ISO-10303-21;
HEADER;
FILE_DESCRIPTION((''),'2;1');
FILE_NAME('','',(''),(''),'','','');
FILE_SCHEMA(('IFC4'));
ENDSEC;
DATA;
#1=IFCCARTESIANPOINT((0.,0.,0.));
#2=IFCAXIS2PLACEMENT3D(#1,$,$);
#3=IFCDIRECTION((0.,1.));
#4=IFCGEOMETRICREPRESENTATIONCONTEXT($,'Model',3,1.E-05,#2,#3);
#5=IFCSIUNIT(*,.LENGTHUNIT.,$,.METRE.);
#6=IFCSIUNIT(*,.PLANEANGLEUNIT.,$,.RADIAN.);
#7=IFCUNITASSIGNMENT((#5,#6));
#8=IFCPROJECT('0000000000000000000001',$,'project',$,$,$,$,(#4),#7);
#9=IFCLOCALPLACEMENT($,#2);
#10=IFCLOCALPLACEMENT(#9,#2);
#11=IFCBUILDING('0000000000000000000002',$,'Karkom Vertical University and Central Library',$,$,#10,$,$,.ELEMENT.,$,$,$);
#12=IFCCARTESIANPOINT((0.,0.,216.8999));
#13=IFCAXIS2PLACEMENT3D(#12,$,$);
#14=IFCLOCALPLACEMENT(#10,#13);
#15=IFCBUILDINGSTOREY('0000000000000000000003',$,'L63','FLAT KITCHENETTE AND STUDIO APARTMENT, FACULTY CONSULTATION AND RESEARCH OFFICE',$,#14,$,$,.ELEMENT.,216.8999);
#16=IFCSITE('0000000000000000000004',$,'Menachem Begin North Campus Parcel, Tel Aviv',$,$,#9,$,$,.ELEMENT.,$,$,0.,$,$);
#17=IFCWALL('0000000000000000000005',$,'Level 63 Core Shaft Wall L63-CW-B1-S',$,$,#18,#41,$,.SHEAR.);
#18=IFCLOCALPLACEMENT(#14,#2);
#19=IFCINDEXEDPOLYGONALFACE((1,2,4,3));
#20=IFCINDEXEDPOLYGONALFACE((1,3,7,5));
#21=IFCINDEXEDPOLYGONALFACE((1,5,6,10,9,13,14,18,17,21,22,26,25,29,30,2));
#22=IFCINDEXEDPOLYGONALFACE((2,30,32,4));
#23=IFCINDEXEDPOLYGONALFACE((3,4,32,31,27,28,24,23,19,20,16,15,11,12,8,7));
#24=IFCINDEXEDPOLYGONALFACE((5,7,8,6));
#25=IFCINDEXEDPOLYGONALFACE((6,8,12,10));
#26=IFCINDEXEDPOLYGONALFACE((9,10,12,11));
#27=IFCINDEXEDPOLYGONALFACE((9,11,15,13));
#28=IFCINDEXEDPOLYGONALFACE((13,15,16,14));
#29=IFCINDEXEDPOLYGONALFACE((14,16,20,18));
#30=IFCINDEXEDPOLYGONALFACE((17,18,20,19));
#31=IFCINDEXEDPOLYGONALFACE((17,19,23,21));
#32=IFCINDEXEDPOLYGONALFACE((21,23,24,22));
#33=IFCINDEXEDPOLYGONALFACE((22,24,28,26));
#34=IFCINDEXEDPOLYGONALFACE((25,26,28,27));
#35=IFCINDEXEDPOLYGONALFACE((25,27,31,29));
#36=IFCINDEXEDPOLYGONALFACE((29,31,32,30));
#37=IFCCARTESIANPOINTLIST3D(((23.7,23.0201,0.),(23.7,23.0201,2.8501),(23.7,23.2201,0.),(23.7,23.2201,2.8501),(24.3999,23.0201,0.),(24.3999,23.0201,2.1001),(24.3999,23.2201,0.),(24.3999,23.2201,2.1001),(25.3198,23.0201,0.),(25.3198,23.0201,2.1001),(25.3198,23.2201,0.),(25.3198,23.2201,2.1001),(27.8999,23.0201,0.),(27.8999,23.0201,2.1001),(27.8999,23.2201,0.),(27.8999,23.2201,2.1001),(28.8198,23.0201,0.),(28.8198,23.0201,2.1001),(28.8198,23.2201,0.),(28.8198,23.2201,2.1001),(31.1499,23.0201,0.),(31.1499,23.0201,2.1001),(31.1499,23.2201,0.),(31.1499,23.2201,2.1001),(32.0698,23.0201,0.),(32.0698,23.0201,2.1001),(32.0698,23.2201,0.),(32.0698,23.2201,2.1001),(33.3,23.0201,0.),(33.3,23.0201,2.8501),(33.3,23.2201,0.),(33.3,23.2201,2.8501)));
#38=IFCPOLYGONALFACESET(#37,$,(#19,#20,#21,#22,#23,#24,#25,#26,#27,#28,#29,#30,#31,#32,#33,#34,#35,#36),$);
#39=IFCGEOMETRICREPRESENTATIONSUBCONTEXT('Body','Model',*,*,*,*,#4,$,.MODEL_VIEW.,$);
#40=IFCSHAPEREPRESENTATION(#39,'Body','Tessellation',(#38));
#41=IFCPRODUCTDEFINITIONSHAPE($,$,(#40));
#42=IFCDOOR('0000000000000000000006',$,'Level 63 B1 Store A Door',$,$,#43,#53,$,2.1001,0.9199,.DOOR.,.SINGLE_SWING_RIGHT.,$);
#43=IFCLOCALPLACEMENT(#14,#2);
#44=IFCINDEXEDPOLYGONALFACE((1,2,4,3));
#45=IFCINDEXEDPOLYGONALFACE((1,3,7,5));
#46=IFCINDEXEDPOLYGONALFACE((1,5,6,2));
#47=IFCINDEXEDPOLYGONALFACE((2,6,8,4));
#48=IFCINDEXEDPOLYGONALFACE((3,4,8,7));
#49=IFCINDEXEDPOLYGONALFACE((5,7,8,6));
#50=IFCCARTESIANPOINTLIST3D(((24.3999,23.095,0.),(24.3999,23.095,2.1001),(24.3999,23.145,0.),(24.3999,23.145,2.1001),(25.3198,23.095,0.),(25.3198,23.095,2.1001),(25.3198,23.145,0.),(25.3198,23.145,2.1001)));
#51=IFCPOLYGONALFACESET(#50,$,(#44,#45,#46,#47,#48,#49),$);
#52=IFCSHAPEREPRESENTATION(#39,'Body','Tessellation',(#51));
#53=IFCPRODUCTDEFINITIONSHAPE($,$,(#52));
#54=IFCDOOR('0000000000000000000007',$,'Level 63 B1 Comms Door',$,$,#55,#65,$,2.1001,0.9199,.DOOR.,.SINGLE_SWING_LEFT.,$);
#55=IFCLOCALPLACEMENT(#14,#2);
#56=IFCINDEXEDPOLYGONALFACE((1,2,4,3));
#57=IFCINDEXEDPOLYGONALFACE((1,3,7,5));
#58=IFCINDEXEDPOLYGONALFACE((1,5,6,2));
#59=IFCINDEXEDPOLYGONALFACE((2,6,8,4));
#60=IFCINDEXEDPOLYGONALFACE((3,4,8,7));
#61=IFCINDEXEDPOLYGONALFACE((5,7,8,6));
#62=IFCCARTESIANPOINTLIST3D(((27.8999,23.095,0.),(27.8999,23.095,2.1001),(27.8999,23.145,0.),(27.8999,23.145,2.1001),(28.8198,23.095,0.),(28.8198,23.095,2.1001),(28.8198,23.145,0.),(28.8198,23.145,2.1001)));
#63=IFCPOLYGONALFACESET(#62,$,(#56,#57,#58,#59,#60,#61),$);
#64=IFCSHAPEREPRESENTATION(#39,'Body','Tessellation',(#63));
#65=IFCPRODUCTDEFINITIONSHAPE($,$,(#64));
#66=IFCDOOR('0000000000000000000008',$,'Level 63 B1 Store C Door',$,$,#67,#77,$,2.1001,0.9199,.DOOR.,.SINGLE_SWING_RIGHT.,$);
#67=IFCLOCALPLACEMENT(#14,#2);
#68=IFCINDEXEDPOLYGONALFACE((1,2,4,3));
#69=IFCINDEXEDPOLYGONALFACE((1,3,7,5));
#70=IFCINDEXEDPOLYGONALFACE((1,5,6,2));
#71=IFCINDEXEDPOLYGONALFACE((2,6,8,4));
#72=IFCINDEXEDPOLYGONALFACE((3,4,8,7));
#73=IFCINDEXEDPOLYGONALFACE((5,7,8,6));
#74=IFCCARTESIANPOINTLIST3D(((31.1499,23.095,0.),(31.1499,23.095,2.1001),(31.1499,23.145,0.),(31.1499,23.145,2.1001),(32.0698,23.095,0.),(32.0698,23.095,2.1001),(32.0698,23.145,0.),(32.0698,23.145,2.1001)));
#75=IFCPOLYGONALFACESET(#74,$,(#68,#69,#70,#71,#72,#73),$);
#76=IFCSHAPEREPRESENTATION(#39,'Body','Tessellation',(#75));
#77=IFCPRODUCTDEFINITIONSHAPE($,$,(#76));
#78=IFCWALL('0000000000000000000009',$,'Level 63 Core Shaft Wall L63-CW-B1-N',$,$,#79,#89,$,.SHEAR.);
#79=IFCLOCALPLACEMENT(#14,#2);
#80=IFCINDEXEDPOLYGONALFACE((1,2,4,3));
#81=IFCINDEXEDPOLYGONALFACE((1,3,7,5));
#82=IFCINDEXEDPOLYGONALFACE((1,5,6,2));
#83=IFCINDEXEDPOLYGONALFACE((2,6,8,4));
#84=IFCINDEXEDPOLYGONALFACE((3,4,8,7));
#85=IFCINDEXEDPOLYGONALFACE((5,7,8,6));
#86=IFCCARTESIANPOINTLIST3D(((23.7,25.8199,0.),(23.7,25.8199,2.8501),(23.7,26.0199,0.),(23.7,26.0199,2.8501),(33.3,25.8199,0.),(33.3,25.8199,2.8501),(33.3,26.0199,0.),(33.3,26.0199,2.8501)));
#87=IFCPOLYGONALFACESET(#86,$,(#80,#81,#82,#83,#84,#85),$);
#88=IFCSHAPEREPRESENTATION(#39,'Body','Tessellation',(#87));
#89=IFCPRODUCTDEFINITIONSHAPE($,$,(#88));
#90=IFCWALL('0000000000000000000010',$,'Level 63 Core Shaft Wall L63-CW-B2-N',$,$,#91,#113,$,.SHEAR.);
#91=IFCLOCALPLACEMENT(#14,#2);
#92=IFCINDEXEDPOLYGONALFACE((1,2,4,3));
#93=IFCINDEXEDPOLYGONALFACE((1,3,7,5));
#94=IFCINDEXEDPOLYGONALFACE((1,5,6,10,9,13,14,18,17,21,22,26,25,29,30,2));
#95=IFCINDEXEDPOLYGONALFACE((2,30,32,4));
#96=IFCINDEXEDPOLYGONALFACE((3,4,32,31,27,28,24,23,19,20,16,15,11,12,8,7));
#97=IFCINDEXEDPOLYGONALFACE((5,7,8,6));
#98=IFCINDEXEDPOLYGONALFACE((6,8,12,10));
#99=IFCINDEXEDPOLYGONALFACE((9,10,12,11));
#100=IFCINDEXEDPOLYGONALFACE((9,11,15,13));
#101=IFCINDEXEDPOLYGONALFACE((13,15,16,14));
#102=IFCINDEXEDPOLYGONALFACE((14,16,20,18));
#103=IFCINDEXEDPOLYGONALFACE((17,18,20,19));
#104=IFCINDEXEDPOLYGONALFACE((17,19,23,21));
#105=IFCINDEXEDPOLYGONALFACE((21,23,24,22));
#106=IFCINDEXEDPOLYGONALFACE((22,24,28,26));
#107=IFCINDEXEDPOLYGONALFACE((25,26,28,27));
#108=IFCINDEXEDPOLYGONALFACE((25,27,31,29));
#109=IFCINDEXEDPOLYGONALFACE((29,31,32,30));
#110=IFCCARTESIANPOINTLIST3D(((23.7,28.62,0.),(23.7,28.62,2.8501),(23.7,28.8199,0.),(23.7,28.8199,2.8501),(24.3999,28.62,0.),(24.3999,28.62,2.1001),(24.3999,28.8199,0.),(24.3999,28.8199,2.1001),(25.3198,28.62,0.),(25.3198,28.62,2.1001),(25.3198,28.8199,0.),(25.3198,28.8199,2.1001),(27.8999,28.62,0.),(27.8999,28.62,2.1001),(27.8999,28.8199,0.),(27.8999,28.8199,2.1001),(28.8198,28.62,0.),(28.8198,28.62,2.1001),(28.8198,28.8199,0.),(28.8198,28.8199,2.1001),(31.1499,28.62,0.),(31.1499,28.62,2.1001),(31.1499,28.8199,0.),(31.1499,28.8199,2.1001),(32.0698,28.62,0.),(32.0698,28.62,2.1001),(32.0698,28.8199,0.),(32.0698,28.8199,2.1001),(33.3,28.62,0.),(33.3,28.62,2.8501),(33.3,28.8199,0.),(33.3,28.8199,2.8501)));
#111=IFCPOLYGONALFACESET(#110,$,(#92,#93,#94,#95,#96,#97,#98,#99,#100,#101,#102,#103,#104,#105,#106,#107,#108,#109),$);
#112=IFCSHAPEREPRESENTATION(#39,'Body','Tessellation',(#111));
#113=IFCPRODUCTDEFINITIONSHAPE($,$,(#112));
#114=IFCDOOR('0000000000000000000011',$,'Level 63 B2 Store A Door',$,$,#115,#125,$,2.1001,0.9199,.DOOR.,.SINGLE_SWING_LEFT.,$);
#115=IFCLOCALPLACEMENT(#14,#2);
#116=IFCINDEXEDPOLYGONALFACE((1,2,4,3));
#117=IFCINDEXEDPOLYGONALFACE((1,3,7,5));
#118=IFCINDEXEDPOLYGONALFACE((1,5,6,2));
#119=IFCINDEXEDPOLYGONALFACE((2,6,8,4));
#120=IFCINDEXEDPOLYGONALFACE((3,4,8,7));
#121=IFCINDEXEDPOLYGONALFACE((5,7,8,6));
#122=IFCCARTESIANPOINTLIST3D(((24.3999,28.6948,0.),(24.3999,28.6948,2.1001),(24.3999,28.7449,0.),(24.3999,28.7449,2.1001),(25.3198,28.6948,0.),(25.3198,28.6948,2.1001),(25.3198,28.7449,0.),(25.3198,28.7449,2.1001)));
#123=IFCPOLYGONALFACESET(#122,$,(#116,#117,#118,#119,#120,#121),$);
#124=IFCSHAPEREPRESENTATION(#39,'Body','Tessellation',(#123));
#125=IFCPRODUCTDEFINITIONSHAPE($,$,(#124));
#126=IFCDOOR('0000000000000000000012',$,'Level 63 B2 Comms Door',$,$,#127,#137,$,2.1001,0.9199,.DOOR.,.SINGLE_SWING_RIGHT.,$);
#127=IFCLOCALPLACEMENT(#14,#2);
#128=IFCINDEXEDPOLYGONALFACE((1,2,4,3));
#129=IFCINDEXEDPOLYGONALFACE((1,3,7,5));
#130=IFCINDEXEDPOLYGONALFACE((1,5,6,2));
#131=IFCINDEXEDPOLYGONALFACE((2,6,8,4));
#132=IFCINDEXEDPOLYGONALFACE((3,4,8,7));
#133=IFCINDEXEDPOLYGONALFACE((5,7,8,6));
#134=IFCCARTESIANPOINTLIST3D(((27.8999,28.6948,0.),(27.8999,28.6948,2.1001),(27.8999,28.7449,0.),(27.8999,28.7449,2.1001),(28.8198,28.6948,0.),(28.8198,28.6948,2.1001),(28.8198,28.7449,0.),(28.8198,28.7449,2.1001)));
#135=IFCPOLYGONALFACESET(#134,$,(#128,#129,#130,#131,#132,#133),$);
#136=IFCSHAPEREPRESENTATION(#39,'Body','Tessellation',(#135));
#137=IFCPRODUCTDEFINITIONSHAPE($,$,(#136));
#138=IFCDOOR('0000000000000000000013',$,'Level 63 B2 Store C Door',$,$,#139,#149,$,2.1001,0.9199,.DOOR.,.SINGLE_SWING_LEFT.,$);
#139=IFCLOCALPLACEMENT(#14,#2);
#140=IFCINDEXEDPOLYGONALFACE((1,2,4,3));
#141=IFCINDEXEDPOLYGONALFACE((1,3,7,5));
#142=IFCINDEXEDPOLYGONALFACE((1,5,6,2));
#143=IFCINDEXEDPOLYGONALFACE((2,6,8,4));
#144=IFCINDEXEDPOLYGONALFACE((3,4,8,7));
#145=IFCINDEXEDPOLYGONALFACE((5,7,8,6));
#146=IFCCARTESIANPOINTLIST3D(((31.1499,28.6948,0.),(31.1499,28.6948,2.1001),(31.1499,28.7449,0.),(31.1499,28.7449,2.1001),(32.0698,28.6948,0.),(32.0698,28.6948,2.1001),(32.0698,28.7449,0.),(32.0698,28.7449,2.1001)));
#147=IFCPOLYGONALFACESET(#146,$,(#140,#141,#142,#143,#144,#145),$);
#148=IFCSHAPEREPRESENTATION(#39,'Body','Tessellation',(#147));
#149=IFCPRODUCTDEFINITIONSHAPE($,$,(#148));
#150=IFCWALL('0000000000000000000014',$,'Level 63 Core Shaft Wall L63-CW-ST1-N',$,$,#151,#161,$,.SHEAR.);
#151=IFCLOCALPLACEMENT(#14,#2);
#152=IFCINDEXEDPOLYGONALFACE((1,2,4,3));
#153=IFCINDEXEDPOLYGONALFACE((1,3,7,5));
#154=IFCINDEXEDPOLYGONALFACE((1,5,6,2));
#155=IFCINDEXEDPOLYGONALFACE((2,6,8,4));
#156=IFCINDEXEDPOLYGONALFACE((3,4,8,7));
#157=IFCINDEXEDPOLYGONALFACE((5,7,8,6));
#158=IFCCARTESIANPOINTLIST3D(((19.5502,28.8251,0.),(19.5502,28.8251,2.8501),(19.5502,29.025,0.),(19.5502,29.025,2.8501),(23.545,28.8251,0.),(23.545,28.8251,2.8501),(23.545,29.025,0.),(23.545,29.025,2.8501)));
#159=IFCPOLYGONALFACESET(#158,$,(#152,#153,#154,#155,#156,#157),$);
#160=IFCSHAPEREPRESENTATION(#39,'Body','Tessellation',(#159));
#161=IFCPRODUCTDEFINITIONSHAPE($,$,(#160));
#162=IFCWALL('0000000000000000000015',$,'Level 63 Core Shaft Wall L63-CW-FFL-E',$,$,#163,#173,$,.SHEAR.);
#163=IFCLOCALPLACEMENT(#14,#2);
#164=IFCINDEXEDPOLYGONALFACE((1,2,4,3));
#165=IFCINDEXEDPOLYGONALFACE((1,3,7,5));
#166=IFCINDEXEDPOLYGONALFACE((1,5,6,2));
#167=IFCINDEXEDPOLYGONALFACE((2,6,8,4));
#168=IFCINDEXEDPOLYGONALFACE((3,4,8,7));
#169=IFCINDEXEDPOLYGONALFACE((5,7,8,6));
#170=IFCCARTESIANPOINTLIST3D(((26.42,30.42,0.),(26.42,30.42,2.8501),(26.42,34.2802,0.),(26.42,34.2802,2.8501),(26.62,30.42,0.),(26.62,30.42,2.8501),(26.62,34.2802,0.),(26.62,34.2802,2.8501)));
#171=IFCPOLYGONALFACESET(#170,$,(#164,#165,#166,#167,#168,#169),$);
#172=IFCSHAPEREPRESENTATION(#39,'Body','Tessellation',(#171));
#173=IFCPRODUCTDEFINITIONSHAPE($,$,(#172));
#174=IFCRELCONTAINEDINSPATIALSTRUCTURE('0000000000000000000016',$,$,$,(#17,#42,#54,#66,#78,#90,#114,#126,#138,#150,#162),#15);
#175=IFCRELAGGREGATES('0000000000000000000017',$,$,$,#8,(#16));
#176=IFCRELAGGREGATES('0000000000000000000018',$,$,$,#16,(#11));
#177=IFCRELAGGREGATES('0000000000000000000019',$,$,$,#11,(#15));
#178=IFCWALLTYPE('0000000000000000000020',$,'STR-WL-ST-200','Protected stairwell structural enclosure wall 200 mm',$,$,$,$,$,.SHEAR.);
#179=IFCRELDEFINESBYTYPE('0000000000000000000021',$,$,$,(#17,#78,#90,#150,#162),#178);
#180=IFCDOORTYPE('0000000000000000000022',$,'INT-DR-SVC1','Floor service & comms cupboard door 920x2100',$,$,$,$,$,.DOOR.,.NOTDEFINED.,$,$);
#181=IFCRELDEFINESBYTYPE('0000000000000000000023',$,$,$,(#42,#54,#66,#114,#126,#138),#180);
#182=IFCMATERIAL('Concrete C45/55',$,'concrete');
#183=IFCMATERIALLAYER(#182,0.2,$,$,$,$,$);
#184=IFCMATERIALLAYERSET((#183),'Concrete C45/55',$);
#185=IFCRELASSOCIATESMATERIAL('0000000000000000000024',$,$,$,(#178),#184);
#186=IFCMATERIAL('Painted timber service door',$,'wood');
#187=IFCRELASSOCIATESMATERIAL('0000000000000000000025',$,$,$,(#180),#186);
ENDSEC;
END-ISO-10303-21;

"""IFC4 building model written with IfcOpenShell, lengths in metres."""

from ifc_helpers import new_model, si_unit, direction, frame, frame_2d, origin, origin_with_axes, place, context, subcontext, project, spatial, rectangle, extrude, source, transform, mapped, material, layer, layer_set, type_object, element, fill, save


model = new_model("IFC4")

# Units and contexts
model_context = context("Model", 3, precision=1e-05, world=origin(), true_north=direction((0.0, 1.0)))
body_context = subcontext(model_context, "Body", "Model", "MODEL_VIEW")
ifc_project = project(units=[si_unit("LENGTHUNIT", "METRE"), si_unit("PLANEANGLEUNIT", "RADIAN")], contexts=[model_context])

# Site, building, storey
site_placement = place(None, origin())
site = spatial("IfcSite", under=ifc_project, at=site_placement, Name="Menachem Begin North Campus Parcel, Tel Aviv", CompositionType="ELEMENT", RefElevation=0.0)
building_placement = place(site_placement, origin())
building = spatial("IfcBuilding", under=site, at=building_placement, Name="Karkom Vertical University and Central Library", CompositionType="ELEMENT")
storey_placement = place(building_placement, frame((0.0, 0.0, 216.8999)))
storey = spatial("IfcBuildingStorey", under=building, at=storey_placement, Name="L63", Description="FLAT KITCHENETTE AND STUDIO APARTMENT, FACULTY CONSULTATION AND RESEARCH OFFICE", CompositionType="ELEMENT", Elevation=216.8999)

# Wall, openings, doors
ifc_material_1 = material(Name="Concrete C45/55", Category="concrete")
ifc_layer_1 = layer(ifc_material_1, 0.2)
ifc_layer_set_1 = layer_set([ifc_layer_1], Name="Concrete C45/55")
wall_type_1 = type_object("IfcWallType", Name="STR-WL-ST-200", Description="Protected stairwell structural enclosure wall 200 mm", PredefinedType="SHEAR", material=ifc_layer_set_1)
wall_1_placement = place(storey_placement, frame((23.7, 23.1201, 0.0), z_axis=(0.0, 0.0, 1.0), x_axis=(1.0, 0.0, 0.0)))
wall_1 = element("IfcWall", 1, at=wall_1_placement, inside=storey, type_object=wall_type_1, Name="Level 63 Core Shaft Wall L63-CW-B1-S", PredefinedType="SHEAR", context=body_context, shape_type="SweptSolid", body=[
    extrude(rectangle(XDim=9.6001, YDim=0.2, at=frame_2d((4.8, 0.0))), origin(), (0.0, 0.0, 1.0), 2.8501),
])
opening_1_placement = place(wall_1_placement, frame((0.7, 0.0, 0.0)))
opening_1 = element("IfcOpeningElement", 2, at=opening_1_placement, cuts=wall_1, PredefinedType="OPENING", context=body_context, shape_type="SweptSolid", body=[
    extrude(rectangle(XDim=0.9199, YDim=2.1001, at=frame_2d((0.46, 1.05))), frame((0.0, 0.1099, 0.0), z_axis=(0.0, -1.0, 0.0), x_axis=(1.0, 0.0, 0.0)), (0.0, 0.0, 1.0), 0.22),
])
opening_2_placement = place(wall_1_placement, frame((4.2, 0.0, 0.0)))
opening_2 = element("IfcOpeningElement", 3, at=opening_2_placement, cuts=wall_1, PredefinedType="OPENING", context=body_context, shape_type="SweptSolid", body=[
    extrude(rectangle(XDim=0.9199, YDim=2.1001, at=frame_2d((0.46, 1.05))), frame((0.0, 0.1099, 0.0), z_axis=(0.0, -1.0, 0.0), x_axis=(1.0, 0.0, 0.0)), (0.0, 0.0, 1.0), 0.22),
])
opening_3_placement = place(wall_1_placement, frame((7.45, 0.0, 0.0)))
opening_3 = element("IfcOpeningElement", 4, at=opening_3_placement, cuts=wall_1, PredefinedType="OPENING", context=body_context, shape_type="SweptSolid", body=[
    extrude(rectangle(XDim=0.9199, YDim=2.1001, at=frame_2d((0.46, 1.05))), frame((0.0, 0.1099, 0.0), z_axis=(0.0, -1.0, 0.0), x_axis=(1.0, 0.0, 0.0)), (0.0, 0.0, 1.0), 0.22),
])
ifc_material_2 = material(Name="Painted timber service door", Category="wood")
door_type = type_object("IfcDoorType", Name="INT-DR-SVC1", Description="Floor service & comms cupboard door 920x2100", OperationType="NOTDEFINED", PredefinedType="DOOR", material=ifc_material_2)
shared_shape_1 = source(origin_with_axes(), body_context, "Body", "SweptSolid", [
    extrude(rectangle(XDim=0.9199, YDim=2.1001, at=frame_2d((0.46, 1.05))), frame((0.0, 0.0249, 0.0), z_axis=(0.0, -1.0, 0.0), x_axis=(1.0, 0.0, 0.0)), (0.0, 0.0, 1.0), 0.05),
])
door_1_placement = place(opening_1_placement, origin())
door_1 = element("IfcDoor", 5, at=door_1_placement, inside=storey, type_object=door_type, Name="Level 63 B1 Store A Door", OperationType="SINGLE_SWING_RIGHT", OverallHeight=2.1001, OverallWidth=0.9199, PredefinedType="DOOR", context=body_context, shape_type="MappedRepresentation", body=[
    mapped(shared_shape_1, transform((0.0, 0.0, 0.0), scale=1.0)),
])
fill(opening_1, door_1)
door_2_placement = place(opening_2_placement, origin())
door_2 = element("IfcDoor", 6, at=door_2_placement, inside=storey, type_object=door_type, Name="Level 63 B1 Comms Door", OperationType="SINGLE_SWING_LEFT", OverallHeight=2.1001, OverallWidth=0.9199, PredefinedType="DOOR", context=body_context, shape_type="MappedRepresentation", body=[
    mapped(shared_shape_1, transform((0.0, 0.0, 0.0), scale=1.0)),
])
fill(opening_2, door_2)
door_3_placement = place(opening_3_placement, origin())
door_3 = element("IfcDoor", 7, at=door_3_placement, inside=storey, type_object=door_type, Name="Level 63 B1 Store C Door", OperationType="SINGLE_SWING_RIGHT", OverallHeight=2.1001, OverallWidth=0.9199, PredefinedType="DOOR", context=body_context, shape_type="MappedRepresentation", body=[
    mapped(shared_shape_1, transform((0.0, 0.0, 0.0), scale=1.0)),
])
fill(opening_3, door_3)

# Wall
wall_2_placement = place(storey_placement, frame((23.7, 25.9199, 0.0), z_axis=(0.0, 0.0, 1.0), x_axis=(1.0, 0.0, 0.0)))
element("IfcWall", 8, at=wall_2_placement, inside=storey, type_object=wall_type_1, Name="Level 63 Core Shaft Wall L63-CW-B1-N", PredefinedType="SHEAR", context=body_context, shape_type="SweptSolid", body=[
    extrude(rectangle(XDim=9.6001, YDim=0.2, at=frame_2d((4.8, 0.0))), origin(), (0.0, 0.0, 1.0), 2.8501),
])

# Wall, openings, doors
wall_3_placement = place(storey_placement, frame((23.7, 28.72, 0.0), z_axis=(0.0, 0.0, 1.0), x_axis=(1.0, 0.0, 0.0)))
wall_3 = element("IfcWall", 9, at=wall_3_placement, inside=storey, type_object=wall_type_1, Name="Level 63 Core Shaft Wall L63-CW-B2-N", PredefinedType="SHEAR", context=body_context, shape_type="SweptSolid", body=[
    extrude(rectangle(XDim=9.6001, YDim=0.2, at=frame_2d((4.8, 0.0))), origin(), (0.0, 0.0, 1.0), 2.8501),
])
opening_4_placement = place(wall_3_placement, frame((0.7, 0.0, 0.0)))
opening_4 = element("IfcOpeningElement", 10, at=opening_4_placement, cuts=wall_3, PredefinedType="OPENING", context=body_context, shape_type="SweptSolid", body=[
    extrude(rectangle(XDim=0.9199, YDim=2.1001, at=frame_2d((0.46, 1.05))), frame((0.0, 0.1099, 0.0), z_axis=(0.0, -1.0, 0.0), x_axis=(1.0, 0.0, 0.0)), (0.0, 0.0, 1.0), 0.22),
])
opening_5_placement = place(wall_3_placement, frame((4.2, 0.0, 0.0)))
opening_5 = element("IfcOpeningElement", 11, at=opening_5_placement, cuts=wall_3, PredefinedType="OPENING", context=body_context, shape_type="SweptSolid", body=[
    extrude(rectangle(XDim=0.9199, YDim=2.1001, at=frame_2d((0.46, 1.05))), frame((0.0, 0.1099, 0.0), z_axis=(0.0, -1.0, 0.0), x_axis=(1.0, 0.0, 0.0)), (0.0, 0.0, 1.0), 0.22),
])
opening_6_placement = place(wall_3_placement, frame((7.45, 0.0, 0.0)))
opening_6 = element("IfcOpeningElement", 12, at=opening_6_placement, cuts=wall_3, PredefinedType="OPENING", context=body_context, shape_type="SweptSolid", body=[
    extrude(rectangle(XDim=0.9199, YDim=2.1001, at=frame_2d((0.46, 1.05))), frame((0.0, 0.1099, 0.0), z_axis=(0.0, -1.0, 0.0), x_axis=(1.0, 0.0, 0.0)), (0.0, 0.0, 1.0), 0.22),
])
door_4_placement = place(opening_4_placement, origin())
door_4 = element("IfcDoor", 13, at=door_4_placement, inside=storey, type_object=door_type, Name="Level 63 B2 Store A Door", OperationType="SINGLE_SWING_LEFT", OverallHeight=2.1001, OverallWidth=0.9199, PredefinedType="DOOR", context=body_context, shape_type="MappedRepresentation", body=[
    mapped(shared_shape_1, transform((0.0, 0.0, 0.0), scale=1.0)),
])
fill(opening_4, door_4)
door_5_placement = place(opening_5_placement, origin())
door_5 = element("IfcDoor", 14, at=door_5_placement, inside=storey, type_object=door_type, Name="Level 63 B2 Comms Door", OperationType="SINGLE_SWING_RIGHT", OverallHeight=2.1001, OverallWidth=0.9199, PredefinedType="DOOR", context=body_context, shape_type="MappedRepresentation", body=[
    mapped(shared_shape_1, transform((0.0, 0.0, 0.0), scale=1.0)),
])
fill(opening_5, door_5)
door_6_placement = place(opening_6_placement, origin())
door_6 = element("IfcDoor", 15, at=door_6_placement, inside=storey, type_object=door_type, Name="Level 63 B2 Store C Door", OperationType="SINGLE_SWING_LEFT", OverallHeight=2.1001, OverallWidth=0.9199, PredefinedType="DOOR", context=body_context, shape_type="MappedRepresentation", body=[
    mapped(shared_shape_1, transform((0.0, 0.0, 0.0), scale=1.0)),
])
fill(opening_6, door_6)

# Walls
wall_4_placement = place(storey_placement, frame((19.55, 28.925, 0.0), z_axis=(0.0, 0.0, 1.0), x_axis=(1.0, 0.0, 0.0)))
element("IfcWall", 16, at=wall_4_placement, inside=storey, type_object=wall_type_1, Name="Level 63 Core Shaft Wall L63-CW-ST1-N", PredefinedType="SHEAR", context=body_context, shape_type="SweptSolid", body=[
    extrude(rectangle(XDim=3.9949, YDim=0.2, at=frame_2d((1.9976, 0.0))), origin(), (0.0, 0.0, 1.0), 2.8501),
])
wall_5_placement = place(storey_placement, frame((26.52, 30.4199, 0.0), z_axis=(0.0, 0.0, 1.0), x_axis=(0.0, 1.0, 0.0)))
element("IfcWall", 17, at=wall_5_placement, inside=storey, type_object=wall_type_1, Name="Level 63 Core Shaft Wall L63-CW-FFL-E", PredefinedType="SHEAR", context=body_context, shape_type="SweptSolid", body=[
    extrude(rectangle(XDim=3.8601, YDim=0.2, at=frame_2d((1.9302, 0.0))), origin(), (0.0, 0.0, 1.0), 2.8501),
])

save(model, "model.ifc")
